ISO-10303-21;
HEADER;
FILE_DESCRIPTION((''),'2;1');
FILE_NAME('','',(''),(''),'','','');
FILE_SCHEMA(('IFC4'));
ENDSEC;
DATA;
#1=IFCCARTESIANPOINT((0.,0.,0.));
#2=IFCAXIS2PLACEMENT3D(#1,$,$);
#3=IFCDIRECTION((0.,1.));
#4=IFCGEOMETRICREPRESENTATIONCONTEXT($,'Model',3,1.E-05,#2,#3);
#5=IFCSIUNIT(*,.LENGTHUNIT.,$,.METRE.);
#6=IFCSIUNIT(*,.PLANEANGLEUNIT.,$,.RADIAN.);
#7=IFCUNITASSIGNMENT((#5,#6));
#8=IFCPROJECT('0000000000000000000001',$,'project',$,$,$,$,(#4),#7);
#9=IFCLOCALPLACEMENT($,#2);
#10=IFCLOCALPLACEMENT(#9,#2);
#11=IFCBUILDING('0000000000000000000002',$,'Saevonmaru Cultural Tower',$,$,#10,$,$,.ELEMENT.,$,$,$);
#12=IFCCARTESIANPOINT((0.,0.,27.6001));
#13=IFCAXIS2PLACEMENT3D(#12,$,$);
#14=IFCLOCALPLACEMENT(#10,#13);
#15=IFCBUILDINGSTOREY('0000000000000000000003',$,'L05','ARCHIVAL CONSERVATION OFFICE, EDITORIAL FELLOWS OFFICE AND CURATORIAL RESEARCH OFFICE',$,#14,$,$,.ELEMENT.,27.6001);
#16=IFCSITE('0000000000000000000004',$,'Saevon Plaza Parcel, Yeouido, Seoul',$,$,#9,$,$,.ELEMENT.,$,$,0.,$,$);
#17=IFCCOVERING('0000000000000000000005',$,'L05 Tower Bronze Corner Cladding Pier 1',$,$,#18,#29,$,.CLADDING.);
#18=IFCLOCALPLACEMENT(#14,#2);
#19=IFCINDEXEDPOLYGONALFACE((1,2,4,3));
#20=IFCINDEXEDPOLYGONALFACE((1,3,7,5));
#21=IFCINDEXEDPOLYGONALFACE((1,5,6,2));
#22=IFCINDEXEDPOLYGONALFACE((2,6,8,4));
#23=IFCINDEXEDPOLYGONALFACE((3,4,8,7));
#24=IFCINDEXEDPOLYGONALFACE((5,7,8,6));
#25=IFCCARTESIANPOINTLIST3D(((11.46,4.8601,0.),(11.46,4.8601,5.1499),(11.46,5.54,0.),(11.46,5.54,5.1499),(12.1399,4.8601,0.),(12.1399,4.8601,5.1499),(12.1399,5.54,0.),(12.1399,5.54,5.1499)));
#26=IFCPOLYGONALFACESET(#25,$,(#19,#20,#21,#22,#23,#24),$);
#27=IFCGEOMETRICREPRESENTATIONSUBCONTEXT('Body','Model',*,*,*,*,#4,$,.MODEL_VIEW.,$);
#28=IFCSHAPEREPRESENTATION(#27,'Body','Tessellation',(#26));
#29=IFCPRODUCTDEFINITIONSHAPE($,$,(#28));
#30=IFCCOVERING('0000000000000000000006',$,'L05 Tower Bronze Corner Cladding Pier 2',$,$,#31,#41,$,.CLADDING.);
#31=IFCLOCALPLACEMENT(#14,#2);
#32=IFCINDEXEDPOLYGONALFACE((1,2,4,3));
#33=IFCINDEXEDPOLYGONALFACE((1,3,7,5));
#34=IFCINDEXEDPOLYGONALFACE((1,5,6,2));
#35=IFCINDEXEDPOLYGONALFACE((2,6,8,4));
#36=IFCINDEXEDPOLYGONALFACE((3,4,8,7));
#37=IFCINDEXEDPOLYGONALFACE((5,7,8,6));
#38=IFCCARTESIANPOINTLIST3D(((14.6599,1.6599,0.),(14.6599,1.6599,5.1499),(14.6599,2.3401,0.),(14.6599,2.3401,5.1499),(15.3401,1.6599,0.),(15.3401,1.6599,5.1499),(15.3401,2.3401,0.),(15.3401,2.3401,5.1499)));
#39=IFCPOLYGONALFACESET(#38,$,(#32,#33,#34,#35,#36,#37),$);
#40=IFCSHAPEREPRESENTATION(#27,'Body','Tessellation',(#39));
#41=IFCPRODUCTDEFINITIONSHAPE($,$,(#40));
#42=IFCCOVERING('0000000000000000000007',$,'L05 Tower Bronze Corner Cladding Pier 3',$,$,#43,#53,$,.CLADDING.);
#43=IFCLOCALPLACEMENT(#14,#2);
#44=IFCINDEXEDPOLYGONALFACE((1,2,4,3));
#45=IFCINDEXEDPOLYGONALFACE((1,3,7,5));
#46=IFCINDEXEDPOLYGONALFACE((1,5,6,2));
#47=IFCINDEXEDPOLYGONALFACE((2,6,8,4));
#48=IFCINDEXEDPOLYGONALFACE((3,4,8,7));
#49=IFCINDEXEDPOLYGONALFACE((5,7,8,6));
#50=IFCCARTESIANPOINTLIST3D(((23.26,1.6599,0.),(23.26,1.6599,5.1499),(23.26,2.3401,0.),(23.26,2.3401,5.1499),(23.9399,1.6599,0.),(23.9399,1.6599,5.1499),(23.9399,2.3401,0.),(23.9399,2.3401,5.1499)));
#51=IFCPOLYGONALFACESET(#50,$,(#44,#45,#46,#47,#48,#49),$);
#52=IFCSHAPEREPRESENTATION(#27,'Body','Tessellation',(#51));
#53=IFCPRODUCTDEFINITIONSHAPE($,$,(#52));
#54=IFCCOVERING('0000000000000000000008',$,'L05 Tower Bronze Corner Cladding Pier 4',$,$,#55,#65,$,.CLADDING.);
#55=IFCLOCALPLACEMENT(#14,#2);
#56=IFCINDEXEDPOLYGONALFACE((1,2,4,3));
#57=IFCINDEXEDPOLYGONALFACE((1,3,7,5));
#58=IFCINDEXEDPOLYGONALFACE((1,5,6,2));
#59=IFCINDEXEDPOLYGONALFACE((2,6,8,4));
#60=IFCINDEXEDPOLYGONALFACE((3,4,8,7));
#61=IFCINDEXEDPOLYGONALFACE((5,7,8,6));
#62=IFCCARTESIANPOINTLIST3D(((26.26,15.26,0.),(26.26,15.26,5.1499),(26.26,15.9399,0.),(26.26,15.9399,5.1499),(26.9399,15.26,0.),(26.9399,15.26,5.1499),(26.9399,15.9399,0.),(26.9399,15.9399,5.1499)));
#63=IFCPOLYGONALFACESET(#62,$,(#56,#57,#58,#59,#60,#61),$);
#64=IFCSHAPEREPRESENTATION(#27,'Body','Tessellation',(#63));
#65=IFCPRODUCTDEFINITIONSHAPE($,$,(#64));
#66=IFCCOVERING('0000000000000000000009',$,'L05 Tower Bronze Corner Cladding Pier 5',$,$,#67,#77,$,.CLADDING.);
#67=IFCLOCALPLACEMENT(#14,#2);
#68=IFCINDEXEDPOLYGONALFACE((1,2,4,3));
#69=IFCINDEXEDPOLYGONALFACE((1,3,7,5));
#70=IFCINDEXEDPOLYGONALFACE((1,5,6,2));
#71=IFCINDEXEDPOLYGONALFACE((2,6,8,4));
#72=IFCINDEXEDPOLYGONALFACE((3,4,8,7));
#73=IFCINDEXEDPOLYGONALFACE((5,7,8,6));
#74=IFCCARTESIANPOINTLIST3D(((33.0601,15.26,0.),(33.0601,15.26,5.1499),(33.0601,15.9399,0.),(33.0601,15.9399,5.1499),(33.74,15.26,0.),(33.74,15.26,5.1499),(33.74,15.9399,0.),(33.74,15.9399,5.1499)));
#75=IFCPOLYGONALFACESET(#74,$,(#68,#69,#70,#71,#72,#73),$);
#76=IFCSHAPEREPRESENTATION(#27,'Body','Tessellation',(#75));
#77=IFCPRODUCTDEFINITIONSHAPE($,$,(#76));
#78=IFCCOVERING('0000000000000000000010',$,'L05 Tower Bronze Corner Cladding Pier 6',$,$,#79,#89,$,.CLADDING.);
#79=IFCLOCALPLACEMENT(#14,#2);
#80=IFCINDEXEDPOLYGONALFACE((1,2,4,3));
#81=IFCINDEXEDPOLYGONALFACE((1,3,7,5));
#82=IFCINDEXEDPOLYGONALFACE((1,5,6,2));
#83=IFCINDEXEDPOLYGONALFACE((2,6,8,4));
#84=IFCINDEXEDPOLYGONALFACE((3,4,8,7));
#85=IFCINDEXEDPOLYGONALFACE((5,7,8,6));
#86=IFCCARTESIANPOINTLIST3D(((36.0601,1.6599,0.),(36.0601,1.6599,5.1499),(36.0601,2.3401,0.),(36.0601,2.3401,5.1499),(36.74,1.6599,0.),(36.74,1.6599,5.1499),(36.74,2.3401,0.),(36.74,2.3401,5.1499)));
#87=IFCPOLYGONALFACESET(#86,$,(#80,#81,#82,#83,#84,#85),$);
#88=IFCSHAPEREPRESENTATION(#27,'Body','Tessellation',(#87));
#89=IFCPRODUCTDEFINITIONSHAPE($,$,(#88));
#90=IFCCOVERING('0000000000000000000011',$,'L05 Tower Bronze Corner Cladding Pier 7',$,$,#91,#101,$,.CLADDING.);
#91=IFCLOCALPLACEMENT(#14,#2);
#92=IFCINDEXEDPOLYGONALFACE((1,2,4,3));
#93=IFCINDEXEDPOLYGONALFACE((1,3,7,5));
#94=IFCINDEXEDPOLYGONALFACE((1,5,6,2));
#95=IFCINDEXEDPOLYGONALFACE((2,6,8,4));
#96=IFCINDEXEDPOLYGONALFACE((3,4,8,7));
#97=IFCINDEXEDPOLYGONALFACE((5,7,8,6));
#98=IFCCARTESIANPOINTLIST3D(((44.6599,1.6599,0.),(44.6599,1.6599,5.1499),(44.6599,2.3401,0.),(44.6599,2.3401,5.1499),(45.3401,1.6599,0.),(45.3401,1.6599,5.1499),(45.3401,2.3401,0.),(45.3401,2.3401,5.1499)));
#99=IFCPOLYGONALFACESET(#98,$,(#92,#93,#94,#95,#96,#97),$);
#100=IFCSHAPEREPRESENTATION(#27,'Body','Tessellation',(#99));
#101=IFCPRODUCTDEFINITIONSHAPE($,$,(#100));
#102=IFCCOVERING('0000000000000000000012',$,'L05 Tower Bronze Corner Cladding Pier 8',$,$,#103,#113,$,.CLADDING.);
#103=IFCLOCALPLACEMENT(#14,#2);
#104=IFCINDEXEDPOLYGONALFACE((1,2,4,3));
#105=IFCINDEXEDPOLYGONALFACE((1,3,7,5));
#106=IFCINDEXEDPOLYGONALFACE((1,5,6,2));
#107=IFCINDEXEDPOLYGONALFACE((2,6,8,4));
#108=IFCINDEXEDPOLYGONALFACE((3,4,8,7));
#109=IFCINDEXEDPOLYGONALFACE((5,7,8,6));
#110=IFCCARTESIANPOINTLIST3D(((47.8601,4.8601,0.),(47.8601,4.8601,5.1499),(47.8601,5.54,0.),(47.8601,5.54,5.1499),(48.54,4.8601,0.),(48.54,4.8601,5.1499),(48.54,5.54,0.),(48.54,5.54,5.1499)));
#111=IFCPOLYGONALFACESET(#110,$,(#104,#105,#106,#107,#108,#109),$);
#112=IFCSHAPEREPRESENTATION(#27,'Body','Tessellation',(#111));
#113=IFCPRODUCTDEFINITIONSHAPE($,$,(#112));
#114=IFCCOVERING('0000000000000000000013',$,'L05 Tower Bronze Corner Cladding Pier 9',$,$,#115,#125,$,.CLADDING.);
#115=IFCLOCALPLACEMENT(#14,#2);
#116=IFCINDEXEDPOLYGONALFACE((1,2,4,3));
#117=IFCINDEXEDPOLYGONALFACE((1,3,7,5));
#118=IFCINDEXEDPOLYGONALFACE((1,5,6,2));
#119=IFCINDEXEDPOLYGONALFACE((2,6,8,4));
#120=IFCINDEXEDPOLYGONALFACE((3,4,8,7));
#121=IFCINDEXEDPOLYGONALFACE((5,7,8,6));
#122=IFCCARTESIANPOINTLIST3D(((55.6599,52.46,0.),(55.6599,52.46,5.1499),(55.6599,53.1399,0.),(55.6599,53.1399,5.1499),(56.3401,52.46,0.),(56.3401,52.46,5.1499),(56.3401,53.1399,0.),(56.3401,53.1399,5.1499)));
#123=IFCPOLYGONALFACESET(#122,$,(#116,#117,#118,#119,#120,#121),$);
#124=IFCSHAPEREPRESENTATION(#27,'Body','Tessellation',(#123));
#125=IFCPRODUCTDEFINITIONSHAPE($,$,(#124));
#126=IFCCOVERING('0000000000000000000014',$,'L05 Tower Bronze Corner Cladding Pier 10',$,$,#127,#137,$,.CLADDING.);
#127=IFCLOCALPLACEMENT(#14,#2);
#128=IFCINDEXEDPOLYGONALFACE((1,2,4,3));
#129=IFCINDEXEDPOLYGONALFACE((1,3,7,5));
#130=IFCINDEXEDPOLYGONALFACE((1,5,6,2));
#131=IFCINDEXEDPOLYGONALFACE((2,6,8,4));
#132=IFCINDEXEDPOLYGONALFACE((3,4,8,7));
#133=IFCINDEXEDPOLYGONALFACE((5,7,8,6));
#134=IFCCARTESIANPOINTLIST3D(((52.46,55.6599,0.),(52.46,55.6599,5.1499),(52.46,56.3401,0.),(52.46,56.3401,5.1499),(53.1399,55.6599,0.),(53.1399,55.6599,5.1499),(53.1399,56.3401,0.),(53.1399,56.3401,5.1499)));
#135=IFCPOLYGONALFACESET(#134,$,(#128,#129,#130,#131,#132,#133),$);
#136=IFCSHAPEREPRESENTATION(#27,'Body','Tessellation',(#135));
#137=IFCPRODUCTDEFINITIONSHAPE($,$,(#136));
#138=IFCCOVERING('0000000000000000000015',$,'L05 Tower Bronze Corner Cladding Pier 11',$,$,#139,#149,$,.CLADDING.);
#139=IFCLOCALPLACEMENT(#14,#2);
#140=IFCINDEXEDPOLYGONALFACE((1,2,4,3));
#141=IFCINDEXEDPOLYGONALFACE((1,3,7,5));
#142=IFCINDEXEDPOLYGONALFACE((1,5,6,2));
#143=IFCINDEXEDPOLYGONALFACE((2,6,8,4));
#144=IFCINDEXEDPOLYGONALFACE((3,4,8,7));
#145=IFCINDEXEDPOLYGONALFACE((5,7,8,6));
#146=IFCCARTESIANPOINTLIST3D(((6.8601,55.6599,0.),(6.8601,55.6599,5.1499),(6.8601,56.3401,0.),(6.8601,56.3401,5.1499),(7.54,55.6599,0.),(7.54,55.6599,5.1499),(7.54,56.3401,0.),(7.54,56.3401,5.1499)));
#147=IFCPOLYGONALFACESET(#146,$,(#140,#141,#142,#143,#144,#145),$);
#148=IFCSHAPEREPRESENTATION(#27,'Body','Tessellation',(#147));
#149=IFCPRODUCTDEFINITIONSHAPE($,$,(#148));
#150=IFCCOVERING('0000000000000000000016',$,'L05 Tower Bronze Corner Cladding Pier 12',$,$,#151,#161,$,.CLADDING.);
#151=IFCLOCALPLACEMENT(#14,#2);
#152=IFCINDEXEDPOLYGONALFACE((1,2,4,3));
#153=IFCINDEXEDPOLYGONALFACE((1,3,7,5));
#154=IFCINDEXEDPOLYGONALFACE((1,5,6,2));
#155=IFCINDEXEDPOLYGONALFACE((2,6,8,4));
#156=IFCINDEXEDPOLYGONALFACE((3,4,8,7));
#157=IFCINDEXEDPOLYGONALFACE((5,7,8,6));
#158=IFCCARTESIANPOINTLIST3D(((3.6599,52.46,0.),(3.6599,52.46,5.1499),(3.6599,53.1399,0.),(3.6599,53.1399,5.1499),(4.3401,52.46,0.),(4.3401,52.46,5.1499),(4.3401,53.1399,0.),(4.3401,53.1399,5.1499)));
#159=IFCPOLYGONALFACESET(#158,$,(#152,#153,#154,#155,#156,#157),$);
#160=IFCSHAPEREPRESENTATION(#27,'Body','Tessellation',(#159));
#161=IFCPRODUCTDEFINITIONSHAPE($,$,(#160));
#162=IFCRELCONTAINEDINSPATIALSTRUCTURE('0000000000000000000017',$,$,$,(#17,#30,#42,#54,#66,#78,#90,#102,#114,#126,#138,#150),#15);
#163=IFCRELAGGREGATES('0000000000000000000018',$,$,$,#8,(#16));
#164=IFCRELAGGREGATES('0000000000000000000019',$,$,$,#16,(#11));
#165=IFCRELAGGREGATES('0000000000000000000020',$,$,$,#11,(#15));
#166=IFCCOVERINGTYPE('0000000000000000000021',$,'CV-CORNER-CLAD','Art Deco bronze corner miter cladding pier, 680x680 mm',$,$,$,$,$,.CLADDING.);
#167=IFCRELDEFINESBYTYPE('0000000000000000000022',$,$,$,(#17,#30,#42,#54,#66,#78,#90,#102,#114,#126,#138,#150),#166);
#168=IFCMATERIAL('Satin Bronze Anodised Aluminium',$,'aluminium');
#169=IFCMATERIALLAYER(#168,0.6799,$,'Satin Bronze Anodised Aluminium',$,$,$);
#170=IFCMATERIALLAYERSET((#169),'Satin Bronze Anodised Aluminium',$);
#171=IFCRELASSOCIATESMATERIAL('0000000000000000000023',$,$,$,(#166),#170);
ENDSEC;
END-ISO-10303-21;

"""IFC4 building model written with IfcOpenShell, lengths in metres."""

from ifc_helpers import new_model, si_unit, direction, frame, origin, place, context, subcontext, project, spatial, polyline, outline, extrude, material, layer, layer_set, type_object, element, save


model = new_model("IFC4")

# Units and contexts
model_context = context("Model", 3, precision=1e-05, world=origin(), true_north=direction((0.0, 1.0)))
body_context = subcontext(model_context, "Body", "Model", "MODEL_VIEW")
ifc_project = project(units=[si_unit("LENGTHUNIT", "METRE"), si_unit("PLANEANGLEUNIT", "RADIAN")], contexts=[model_context])

# Site, building, storey
site_placement = place(None, origin())
site = spatial("IfcSite", under=ifc_project, at=site_placement, Name="Saevon Plaza Parcel, Yeouido, Seoul", CompositionType="ELEMENT", RefElevation=0.0)
building_placement = place(site_placement, origin())
building = spatial("IfcBuilding", under=site, at=building_placement, Name="Saevonmaru Cultural Tower", CompositionType="ELEMENT")
storey_placement = place(building_placement, frame((0.0, 0.0, 27.6001)))
storey = spatial("IfcBuildingStorey", under=building, at=storey_placement, Name="L05", Description="ARCHIVAL CONSERVATION OFFICE, EDITORIAL FELLOWS OFFICE AND CURATORIAL RESEARCH OFFICE", CompositionType="ELEMENT", Elevation=27.6001)

# Shared definitions
ifc_material_1 = material(Name="Satin Bronze Anodised Aluminium", Category="aluminium")

# Coverings
ifc_layer_1 = layer(ifc_material_1, 0.6799, Name="Satin Bronze Anodised Aluminium")
ifc_layer_set_1 = layer_set([ifc_layer_1], Name="Satin Bronze Anodised Aluminium")
covering_type_1 = type_object("IfcCoveringType", Name="CV-CORNER-CLAD", Description="Art Deco bronze corner miter cladding pier, 680x680 mm", PredefinedType="CLADDING", material=ifc_layer_set_1)
covering_1_placement = place(storey_placement, origin())
element("IfcCovering", 1, at=covering_1_placement, inside=storey, type_object=covering_type_1, Name="L05 Tower Bronze Corner Cladding Pier 1", PredefinedType="CLADDING", context=body_context, shape_type="SweptSolid", body=[
    extrude(outline(polyline([(11.46, 4.8601), (12.1399, 4.8601), (12.1399, 5.54), (11.46, 5.54), (11.46, 4.8601)])), origin(), (0.0, 0.0, 1.0), 5.1499),
])
covering_2_placement = place(storey_placement, origin())
element("IfcCovering", 2, at=covering_2_placement, inside=storey, type_object=covering_type_1, Name="L05 Tower Bronze Corner Cladding Pier 2", PredefinedType="CLADDING", context=body_context, shape_type="SweptSolid", body=[
    extrude(outline(polyline([(14.6599, 1.6599), (15.3401, 1.6599), (15.3401, 2.3401), (14.6599, 2.3401), (14.6599, 1.6599)])), origin(), (0.0, 0.0, 1.0), 5.1499),
])
covering_3_placement = place(storey_placement, origin())
element("IfcCovering", 3, at=covering_3_placement, inside=storey, type_object=covering_type_1, Name="L05 Tower Bronze Corner Cladding Pier 3", PredefinedType="CLADDING", context=body_context, shape_type="SweptSolid", body=[
    extrude(outline(polyline([(23.26, 1.6599), (23.9399, 1.6599), (23.9399, 2.3401), (23.26, 2.3401), (23.26, 1.6599)])), origin(), (0.0, 0.0, 1.0), 5.1499),
])
covering_4_placement = place(storey_placement, origin())
element("IfcCovering", 4, at=covering_4_placement, inside=storey, type_object=covering_type_1, Name="L05 Tower Bronze Corner Cladding Pier 4", PredefinedType="CLADDING", context=body_context, shape_type="SweptSolid", body=[
    extrude(outline(polyline([(26.26, 15.26), (26.9399, 15.26), (26.9399, 15.9399), (26.26, 15.9399), (26.26, 15.26)])), origin(), (0.0, 0.0, 1.0), 5.1499),
])
covering_5_placement = place(storey_placement, origin())
element("IfcCovering", 5, at=covering_5_placement, inside=storey, type_object=covering_type_1, Name="L05 Tower Bronze Corner Cladding Pier 5", PredefinedType="CLADDING", context=body_context, shape_type="SweptSolid", body=[
    extrude(outline(polyline([(33.0601, 15.26), (33.74, 15.26), (33.74, 15.9399), (33.0601, 15.9399), (33.0601, 15.26)])), origin(), (0.0, 0.0, 1.0), 5.1499),
])
covering_6_placement = place(storey_placement, origin())
element("IfcCovering", 6, at=covering_6_placement, inside=storey, type_object=covering_type_1, Name="L05 Tower Bronze Corner Cladding Pier 6", PredefinedType="CLADDING", context=body_context, shape_type="SweptSolid", body=[
    extrude(outline(polyline([(36.0601, 1.6599), (36.74, 1.6599), (36.74, 2.3401), (36.0601, 2.3401), (36.0601, 1.6599)])), origin(), (0.0, 0.0, 1.0), 5.1499),
])
covering_7_placement = place(storey_placement, origin())
element("IfcCovering", 7, at=covering_7_placement, inside=storey, type_object=covering_type_1, Name="L05 Tower Bronze Corner Cladding Pier 7", PredefinedType="CLADDING", context=body_context, shape_type="SweptSolid", body=[
    extrude(outline(polyline([(44.6599, 1.6599), (45.3401, 1.6599), (45.3401, 2.3401), (44.6599, 2.3401), (44.6599, 1.6599)])), origin(), (0.0, 0.0, 1.0), 5.1499),
])
covering_8_placement = place(storey_placement, origin())
element("IfcCovering", 8, at=covering_8_placement, inside=storey, type_object=covering_type_1, Name="L05 Tower Bronze Corner Cladding Pier 8", PredefinedType="CLADDING", context=body_context, shape_type="SweptSolid", body=[
    extrude(outline(polyline([(47.8601, 4.8601), (48.54, 4.8601), (48.54, 5.54), (47.8601, 5.54), (47.8601, 4.8601)])), origin(), (0.0, 0.0, 1.0), 5.1499),
])
covering_9_placement = place(storey_placement, origin())
element("IfcCovering", 9, at=covering_9_placement, inside=storey, type_object=covering_type_1, Name="L05 Tower Bronze Corner Cladding Pier 9", PredefinedType="CLADDING", context=body_context, shape_type="SweptSolid", body=[
    extrude(outline(polyline([(55.6599, 52.46), (56.3401, 52.46), (56.3401, 53.1399), (55.6599, 53.1399), (55.6599, 52.46)])), origin(), (0.0, 0.0, 1.0), 5.1499),
])
covering_10_placement = place(storey_placement, origin())
element("IfcCovering", 10, at=covering_10_placement, inside=storey, type_object=covering_type_1, Name="L05 Tower Bronze Corner Cladding Pier 10", PredefinedType="CLADDING", context=body_context, shape_type="SweptSolid", body=[
    extrude(outline(polyline([(52.46, 55.6599), (53.1399, 55.6599), (53.1399, 56.3401), (52.46, 56.3401), (52.46, 55.6599)])), origin(), (0.0, 0.0, 1.0), 5.1499),
])
covering_11_placement = place(storey_placement, origin())
element("IfcCovering", 11, at=covering_11_placement, inside=storey, type_object=covering_type_1, Name="L05 Tower Bronze Corner Cladding Pier 11", PredefinedType="CLADDING", context=body_context, shape_type="SweptSolid", body=[
    extrude(outline(polyline([(6.8601, 55.6599), (7.54, 55.6599), (7.54, 56.3401), (6.8601, 56.3401), (6.8601, 55.6599)])), origin(), (0.0, 0.0, 1.0), 5.1499),
])
covering_12_placement = place(storey_placement, origin())
element("IfcCovering", 12, at=covering_12_placement, inside=storey, type_object=covering_type_1, Name="L05 Tower Bronze Corner Cladding Pier 12", PredefinedType="CLADDING", context=body_context, shape_type="SweptSolid", body=[
    extrude(outline(polyline([(3.6599, 52.46), (4.3401, 52.46), (4.3401, 53.1399), (3.6599, 53.1399), (3.6599, 52.46)])), origin(), (0.0, 0.0, 1.0), 5.1499),
])

save(model, "model.ifc")
